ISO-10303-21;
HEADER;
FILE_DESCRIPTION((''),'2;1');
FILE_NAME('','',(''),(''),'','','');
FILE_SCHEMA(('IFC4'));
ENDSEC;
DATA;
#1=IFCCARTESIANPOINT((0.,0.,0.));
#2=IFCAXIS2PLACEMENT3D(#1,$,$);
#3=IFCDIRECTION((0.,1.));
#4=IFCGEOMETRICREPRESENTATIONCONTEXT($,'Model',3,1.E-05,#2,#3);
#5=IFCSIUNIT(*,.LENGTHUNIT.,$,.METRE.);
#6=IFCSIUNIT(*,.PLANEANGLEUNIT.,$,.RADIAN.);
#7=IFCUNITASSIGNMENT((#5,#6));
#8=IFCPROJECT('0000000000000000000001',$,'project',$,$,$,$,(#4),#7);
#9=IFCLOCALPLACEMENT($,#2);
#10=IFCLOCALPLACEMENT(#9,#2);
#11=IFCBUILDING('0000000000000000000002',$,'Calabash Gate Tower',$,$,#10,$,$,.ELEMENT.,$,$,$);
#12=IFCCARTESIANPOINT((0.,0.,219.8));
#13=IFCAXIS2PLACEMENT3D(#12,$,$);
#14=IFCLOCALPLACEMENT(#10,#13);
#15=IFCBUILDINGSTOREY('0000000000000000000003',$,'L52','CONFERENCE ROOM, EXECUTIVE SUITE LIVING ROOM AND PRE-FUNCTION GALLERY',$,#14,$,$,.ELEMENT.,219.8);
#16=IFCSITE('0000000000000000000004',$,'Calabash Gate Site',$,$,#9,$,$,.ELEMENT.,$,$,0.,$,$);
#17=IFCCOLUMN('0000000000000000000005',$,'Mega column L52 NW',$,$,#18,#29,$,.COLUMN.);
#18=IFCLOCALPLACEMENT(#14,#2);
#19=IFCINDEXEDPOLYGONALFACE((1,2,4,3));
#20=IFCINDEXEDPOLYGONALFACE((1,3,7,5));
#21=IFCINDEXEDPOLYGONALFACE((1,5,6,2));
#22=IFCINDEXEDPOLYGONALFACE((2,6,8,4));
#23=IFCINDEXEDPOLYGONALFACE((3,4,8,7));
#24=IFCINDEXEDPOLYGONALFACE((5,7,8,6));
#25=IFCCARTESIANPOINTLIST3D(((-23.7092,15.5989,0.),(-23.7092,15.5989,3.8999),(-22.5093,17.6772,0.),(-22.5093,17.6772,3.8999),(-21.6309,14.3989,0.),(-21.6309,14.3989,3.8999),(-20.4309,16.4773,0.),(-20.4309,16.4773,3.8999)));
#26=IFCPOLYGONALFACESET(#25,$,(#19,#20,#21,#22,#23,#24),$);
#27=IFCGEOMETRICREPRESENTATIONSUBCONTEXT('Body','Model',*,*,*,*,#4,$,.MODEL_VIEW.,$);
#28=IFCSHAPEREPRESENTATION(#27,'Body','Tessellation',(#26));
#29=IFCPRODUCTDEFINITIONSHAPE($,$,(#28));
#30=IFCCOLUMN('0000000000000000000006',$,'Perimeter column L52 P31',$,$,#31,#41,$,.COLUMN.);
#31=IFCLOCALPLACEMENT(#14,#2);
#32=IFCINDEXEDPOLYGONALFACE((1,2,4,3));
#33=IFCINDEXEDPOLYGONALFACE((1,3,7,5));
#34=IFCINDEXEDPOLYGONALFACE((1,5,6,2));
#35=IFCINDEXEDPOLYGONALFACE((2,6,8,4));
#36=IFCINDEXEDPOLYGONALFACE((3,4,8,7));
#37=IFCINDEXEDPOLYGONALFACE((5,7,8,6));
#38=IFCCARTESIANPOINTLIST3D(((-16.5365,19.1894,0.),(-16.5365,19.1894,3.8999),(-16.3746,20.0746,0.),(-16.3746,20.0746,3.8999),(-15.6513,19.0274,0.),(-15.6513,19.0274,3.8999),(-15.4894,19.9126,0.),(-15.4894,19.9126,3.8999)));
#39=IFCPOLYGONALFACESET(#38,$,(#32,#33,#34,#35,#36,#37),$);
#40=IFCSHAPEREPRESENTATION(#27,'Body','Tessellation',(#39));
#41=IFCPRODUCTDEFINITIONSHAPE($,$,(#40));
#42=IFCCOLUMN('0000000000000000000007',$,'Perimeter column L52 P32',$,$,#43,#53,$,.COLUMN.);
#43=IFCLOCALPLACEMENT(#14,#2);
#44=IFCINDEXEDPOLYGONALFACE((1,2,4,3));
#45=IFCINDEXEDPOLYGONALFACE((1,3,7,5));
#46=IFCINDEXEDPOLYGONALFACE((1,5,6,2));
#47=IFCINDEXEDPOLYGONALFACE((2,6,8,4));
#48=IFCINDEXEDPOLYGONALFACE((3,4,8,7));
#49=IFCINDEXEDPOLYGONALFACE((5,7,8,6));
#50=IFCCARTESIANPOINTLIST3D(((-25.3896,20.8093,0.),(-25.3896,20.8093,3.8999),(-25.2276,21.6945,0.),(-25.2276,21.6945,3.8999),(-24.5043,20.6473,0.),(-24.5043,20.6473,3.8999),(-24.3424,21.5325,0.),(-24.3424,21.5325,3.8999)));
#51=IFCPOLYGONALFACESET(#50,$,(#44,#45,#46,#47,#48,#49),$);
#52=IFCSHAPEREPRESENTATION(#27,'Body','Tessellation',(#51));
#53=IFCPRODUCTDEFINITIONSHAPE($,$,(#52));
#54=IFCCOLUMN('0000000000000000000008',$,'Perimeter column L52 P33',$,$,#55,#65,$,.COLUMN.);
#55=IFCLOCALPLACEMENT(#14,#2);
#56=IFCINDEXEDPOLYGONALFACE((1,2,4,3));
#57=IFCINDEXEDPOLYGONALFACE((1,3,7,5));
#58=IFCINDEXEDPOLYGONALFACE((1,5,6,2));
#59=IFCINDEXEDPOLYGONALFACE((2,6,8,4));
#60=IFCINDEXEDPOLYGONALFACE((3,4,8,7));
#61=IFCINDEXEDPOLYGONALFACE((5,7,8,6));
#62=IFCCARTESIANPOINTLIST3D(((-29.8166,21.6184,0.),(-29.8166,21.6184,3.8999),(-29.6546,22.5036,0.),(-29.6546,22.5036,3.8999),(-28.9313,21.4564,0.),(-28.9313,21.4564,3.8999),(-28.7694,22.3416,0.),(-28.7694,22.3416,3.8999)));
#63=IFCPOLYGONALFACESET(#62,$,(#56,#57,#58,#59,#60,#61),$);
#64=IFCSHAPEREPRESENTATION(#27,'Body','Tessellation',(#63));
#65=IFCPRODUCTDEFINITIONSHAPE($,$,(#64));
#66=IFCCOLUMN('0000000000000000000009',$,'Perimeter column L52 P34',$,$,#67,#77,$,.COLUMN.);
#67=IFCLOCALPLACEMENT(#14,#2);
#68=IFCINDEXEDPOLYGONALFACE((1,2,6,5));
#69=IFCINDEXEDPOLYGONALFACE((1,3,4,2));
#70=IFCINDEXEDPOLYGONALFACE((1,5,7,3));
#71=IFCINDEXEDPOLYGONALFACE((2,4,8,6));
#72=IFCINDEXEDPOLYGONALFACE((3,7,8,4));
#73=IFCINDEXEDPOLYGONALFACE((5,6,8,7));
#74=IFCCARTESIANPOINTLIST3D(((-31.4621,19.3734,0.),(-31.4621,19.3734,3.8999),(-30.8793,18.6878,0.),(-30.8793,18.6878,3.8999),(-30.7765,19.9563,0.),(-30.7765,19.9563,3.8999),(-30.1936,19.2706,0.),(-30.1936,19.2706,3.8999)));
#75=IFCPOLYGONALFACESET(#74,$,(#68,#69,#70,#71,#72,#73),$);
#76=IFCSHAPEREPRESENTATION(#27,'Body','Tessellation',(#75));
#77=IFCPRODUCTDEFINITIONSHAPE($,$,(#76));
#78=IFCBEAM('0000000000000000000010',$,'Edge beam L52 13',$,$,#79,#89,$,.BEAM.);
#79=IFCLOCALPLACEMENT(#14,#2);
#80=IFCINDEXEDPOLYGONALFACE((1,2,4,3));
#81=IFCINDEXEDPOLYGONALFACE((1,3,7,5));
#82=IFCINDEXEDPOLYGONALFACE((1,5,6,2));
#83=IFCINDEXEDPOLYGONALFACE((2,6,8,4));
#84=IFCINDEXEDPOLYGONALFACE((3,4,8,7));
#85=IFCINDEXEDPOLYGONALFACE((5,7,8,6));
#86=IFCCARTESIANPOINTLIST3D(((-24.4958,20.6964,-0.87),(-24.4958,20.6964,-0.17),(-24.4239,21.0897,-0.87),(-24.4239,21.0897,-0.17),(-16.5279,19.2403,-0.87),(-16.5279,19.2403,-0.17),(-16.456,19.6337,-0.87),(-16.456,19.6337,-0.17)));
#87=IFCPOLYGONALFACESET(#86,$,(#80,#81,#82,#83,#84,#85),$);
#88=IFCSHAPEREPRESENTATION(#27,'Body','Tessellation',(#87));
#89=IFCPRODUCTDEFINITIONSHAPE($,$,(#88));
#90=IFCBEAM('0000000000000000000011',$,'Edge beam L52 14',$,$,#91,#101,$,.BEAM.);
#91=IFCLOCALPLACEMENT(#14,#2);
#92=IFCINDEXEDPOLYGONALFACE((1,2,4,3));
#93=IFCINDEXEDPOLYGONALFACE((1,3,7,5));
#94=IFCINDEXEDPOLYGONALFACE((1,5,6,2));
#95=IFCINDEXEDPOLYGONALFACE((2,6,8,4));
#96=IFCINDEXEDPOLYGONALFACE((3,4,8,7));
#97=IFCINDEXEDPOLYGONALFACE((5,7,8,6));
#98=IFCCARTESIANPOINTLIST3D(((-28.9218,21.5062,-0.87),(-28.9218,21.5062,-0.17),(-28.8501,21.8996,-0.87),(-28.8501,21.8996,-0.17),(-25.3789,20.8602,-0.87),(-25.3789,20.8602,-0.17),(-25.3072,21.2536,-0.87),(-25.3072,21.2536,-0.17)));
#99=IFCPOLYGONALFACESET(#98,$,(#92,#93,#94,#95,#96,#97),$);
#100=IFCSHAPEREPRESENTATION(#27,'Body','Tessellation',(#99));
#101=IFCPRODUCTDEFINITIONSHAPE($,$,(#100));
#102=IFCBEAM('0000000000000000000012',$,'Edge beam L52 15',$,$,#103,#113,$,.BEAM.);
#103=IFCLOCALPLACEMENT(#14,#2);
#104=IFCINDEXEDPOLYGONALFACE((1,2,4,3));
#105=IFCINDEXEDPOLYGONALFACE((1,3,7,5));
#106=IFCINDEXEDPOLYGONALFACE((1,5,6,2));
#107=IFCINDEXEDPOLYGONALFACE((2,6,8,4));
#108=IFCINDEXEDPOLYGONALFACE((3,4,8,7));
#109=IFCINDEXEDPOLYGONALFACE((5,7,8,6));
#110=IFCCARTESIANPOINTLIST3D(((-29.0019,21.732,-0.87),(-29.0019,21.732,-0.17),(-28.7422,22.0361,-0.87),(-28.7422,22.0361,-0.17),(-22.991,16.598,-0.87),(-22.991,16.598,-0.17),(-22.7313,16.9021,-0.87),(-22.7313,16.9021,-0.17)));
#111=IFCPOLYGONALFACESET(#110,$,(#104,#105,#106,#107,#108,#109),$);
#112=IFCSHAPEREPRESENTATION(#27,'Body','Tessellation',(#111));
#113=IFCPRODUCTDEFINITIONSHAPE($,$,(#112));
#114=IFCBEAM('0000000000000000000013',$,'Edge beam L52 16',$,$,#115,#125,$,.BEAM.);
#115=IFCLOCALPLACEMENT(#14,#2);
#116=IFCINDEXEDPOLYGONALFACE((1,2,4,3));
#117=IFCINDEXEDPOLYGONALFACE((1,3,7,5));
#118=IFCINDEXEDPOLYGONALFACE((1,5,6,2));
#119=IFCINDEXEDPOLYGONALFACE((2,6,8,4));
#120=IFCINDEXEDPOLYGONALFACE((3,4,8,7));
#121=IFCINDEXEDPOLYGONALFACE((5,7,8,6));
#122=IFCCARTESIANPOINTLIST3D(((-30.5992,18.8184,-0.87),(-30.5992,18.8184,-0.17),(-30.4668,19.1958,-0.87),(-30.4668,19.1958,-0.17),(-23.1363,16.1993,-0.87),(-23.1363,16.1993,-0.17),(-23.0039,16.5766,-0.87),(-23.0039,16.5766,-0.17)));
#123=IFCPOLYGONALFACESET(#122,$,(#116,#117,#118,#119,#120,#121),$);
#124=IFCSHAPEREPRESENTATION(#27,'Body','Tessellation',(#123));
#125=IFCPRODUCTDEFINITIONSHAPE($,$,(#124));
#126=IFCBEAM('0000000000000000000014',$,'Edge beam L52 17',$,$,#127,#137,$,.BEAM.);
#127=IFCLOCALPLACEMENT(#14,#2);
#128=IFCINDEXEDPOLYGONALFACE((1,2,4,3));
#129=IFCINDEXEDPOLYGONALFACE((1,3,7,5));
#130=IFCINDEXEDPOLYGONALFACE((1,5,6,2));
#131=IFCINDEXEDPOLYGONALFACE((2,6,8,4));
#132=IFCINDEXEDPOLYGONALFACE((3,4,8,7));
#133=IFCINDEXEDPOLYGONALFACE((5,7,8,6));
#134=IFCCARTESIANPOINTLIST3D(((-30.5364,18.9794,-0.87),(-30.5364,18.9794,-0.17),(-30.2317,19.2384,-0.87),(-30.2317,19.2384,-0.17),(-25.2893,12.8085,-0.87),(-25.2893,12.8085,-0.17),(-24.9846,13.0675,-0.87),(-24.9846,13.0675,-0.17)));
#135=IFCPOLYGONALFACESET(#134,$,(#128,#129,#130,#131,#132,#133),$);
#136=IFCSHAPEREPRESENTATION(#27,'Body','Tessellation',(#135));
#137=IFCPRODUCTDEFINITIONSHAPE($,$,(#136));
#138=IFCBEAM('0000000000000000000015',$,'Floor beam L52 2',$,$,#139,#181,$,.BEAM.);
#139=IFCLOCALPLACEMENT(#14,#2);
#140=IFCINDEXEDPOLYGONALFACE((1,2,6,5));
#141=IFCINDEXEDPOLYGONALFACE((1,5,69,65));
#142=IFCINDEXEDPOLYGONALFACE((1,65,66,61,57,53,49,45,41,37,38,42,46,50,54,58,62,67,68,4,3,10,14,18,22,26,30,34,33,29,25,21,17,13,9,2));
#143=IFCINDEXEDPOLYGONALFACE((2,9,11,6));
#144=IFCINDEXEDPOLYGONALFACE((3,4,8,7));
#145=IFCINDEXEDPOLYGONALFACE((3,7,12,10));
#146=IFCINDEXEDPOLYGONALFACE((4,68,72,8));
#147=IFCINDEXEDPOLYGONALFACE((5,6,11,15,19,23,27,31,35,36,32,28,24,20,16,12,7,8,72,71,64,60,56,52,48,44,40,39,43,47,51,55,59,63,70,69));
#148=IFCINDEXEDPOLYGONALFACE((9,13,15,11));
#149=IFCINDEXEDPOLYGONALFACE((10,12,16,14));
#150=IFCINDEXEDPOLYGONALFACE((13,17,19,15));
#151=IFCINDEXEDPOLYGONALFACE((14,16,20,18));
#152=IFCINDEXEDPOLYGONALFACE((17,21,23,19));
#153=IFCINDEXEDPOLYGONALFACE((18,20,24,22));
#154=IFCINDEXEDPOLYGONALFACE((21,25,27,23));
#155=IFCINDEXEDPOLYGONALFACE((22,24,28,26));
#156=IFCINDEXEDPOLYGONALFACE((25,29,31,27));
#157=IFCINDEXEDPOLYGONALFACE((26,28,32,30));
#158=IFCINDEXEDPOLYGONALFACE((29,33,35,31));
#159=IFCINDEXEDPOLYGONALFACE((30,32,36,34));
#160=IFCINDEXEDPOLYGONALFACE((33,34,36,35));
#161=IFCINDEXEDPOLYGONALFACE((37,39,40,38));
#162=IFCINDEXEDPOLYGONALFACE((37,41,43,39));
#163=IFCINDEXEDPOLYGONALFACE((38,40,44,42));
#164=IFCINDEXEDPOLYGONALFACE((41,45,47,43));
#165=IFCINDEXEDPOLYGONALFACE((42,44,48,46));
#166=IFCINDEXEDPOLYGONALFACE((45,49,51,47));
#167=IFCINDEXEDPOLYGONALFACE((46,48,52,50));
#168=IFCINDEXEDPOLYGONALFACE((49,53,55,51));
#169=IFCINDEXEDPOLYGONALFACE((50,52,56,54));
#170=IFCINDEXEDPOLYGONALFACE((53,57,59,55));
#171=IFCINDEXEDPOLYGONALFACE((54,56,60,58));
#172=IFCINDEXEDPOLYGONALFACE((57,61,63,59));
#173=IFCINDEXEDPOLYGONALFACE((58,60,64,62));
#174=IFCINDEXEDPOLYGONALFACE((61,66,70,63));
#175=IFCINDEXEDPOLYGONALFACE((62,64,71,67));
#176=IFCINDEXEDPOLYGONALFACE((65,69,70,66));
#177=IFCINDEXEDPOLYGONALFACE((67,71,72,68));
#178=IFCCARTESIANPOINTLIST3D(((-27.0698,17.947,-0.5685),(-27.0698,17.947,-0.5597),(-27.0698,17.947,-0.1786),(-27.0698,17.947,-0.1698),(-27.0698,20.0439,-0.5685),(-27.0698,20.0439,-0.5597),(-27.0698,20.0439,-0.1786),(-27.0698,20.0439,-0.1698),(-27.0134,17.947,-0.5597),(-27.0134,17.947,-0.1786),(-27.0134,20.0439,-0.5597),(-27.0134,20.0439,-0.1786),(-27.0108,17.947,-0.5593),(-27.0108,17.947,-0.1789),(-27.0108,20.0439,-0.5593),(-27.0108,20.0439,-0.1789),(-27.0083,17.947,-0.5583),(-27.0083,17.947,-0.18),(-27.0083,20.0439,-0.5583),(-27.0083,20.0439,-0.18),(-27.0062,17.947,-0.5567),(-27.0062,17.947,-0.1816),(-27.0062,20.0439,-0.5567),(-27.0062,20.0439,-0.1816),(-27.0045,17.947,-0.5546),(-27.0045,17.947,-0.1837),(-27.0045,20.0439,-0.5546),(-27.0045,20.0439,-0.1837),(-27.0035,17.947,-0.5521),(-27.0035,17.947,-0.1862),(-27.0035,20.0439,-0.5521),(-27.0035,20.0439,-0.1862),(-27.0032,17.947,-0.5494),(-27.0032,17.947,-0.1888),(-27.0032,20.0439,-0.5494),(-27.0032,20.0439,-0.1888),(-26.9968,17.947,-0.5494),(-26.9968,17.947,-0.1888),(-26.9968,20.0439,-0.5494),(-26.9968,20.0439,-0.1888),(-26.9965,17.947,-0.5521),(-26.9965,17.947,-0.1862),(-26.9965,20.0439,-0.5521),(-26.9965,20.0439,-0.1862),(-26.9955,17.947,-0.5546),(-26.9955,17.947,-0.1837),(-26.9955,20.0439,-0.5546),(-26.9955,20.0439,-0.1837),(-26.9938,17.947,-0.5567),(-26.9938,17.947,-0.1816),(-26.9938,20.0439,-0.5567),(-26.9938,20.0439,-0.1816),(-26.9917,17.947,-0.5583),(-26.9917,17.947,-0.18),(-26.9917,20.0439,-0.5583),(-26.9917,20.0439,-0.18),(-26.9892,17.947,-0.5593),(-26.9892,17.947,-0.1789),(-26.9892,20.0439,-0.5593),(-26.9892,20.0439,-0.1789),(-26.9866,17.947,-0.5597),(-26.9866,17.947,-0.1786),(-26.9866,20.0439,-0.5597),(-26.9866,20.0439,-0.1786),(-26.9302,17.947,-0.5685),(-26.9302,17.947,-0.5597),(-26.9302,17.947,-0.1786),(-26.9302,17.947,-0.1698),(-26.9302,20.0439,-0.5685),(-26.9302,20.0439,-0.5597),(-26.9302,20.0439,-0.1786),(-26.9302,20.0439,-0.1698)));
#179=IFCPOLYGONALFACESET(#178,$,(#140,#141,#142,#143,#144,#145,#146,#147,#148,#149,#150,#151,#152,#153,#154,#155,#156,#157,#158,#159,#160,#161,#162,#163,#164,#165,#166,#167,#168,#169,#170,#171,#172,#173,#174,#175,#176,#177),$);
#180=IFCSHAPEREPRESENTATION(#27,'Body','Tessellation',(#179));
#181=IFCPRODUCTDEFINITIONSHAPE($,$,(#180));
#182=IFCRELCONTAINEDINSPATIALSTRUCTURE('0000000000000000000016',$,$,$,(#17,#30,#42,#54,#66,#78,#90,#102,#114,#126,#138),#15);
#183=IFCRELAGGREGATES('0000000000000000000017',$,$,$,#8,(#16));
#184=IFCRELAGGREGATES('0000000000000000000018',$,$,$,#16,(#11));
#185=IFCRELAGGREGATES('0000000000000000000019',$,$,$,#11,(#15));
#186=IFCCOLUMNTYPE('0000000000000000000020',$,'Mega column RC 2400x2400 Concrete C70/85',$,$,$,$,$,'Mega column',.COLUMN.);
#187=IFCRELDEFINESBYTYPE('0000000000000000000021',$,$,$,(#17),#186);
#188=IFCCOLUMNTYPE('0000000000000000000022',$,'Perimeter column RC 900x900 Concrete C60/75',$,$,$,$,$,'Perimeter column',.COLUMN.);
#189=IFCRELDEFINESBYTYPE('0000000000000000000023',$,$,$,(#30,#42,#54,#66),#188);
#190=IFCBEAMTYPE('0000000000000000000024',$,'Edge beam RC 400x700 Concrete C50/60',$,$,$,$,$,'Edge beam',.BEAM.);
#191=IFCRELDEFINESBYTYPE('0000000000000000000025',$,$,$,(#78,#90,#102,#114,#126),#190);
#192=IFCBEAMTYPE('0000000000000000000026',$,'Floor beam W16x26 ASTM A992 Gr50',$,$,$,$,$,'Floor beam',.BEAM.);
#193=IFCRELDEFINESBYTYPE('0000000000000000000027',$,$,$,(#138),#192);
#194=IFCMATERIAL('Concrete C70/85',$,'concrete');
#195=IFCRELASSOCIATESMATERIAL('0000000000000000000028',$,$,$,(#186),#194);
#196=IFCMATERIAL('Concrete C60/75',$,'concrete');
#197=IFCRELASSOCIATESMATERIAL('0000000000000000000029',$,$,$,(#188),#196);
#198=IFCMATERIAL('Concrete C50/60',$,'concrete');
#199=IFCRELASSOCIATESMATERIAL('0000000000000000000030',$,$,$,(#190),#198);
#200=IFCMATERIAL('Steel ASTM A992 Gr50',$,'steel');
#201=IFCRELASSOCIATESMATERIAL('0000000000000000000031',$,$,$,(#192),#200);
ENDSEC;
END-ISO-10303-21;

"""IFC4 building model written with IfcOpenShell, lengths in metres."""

from ifc_helpers import new_model, si_unit, direction, frame, origin, origin_2d, place, context, subcontext, project, spatial, rectangle, i_section, extrude, material, material_profile, profile_set, type_object, element, save


model = new_model("IFC4")

# Units and contexts
model_context = context("Model", 3, precision=1e-05, world=origin(), true_north=direction((0.0, 1.0)))
body_context = subcontext(model_context, "Body", "Model", "MODEL_VIEW")
ifc_project = project(units=[si_unit("LENGTHUNIT", "METRE"), si_unit("PLANEANGLEUNIT", "RADIAN")], contexts=[model_context])

# Site, building, storey
site_placement = place(None, origin())
site = spatial("IfcSite", under=ifc_project, at=site_placement, Name="Calabash Gate Site", CompositionType="ELEMENT", RefElevation=0.0)
building_placement = place(site_placement, origin())
building = spatial("IfcBuilding", under=site, at=building_placement, Name="Calabash Gate Tower", CompositionType="ELEMENT")
storey_placement = place(building_placement, frame((0.0, 0.0, 219.8)))
storey = spatial("IfcBuildingStorey", under=building, at=storey_placement, Name="L52", Description="CONFERENCE ROOM, EXECUTIVE SUITE LIVING ROOM AND PRE-FUNCTION GALLERY", CompositionType="ELEMENT", Elevation=219.8)

# Columns
ifc_material_1 = material(Name="Concrete C70/85", Category="concrete")
ifc_material_profile_1 = material_profile(ifc_material_1, rectangle(XDim=2.3999, YDim=2.3999, at=origin_2d()))
ifc_profile_set_1 = profile_set([ifc_material_profile_1], Name="Concrete C70/85")
column_type_1 = type_object("IfcColumnType", Name="Mega column RC 2400x2400 Concrete C70/85", ElementType="Mega column", PredefinedType="COLUMN", material=ifc_profile_set_1)
column_placement = place(storey_placement, frame((-22.0701, 16.0381, 0.0), z_axis=(0.0, 0.0, 1.0), x_axis=(0.866025, -0.5, 0.0)))
element("IfcColumn", 1, at=column_placement, inside=storey, type_object=column_type_1, Name="Mega column L52 NW", PredefinedType="COLUMN", context=body_context, shape_type="SweptSolid", body=[
    extrude(rectangle(XDim=2.3999, YDim=2.3999, at=origin_2d()), origin(), (0.0, 0.0, 1.0), 3.8999),
])
ifc_material_2 = material(Name="Concrete C60/75", Category="concrete")
ifc_material_profile_2 = material_profile(ifc_material_2, rectangle(XDim=0.8999, YDim=0.8999, at=origin_2d()))
ifc_profile_set_2 = profile_set([ifc_material_profile_2], Name="Concrete C60/75")
column_type_2 = type_object("IfcColumnType", Name="Perimeter column RC 900x900 Concrete C60/75", ElementType="Perimeter column", PredefinedType="COLUMN", material=ifc_profile_set_2)
for number, where, z_axis, x_axis, name in (
    (2, (-16.0129, 19.551, 0.0), (0.0, 0.0, 1.0), (-0.98367, 0.179982, 0.0), "Perimeter column L52 P31"),
    (3, (-24.866, 21.1709, 0.0), (0.0, 0.0, 1.0), (-0.98367, 0.179982, 0.0), "Perimeter column L52 P32"),
    (4, (-29.293, 21.98, 0.0), (0.0, 0.0, 1.0), (-0.98367, 0.179982, 0.0), "Perimeter column L52 P33"),
    (5, (-30.8279, 19.322, 0.0), (0.0, 0.0, 1.0), (0.647704, -0.761892, 0.0), "Perimeter column L52 P34"),
):
    element("IfcColumn", number, at=place(storey_placement, frame(where, z_axis=z_axis, x_axis=x_axis)), inside=storey, type_object=column_type_2, Name=name, PredefinedType="COLUMN", context=body_context, shape_type="SweptSolid", body=[
        extrude(rectangle(XDim=0.8999, YDim=0.8999, at=origin_2d()), origin(), (0.0, 0.0, 1.0), 3.8999),
    ])

# Beams
ifc_material_3 = material(Name="Concrete C50/60", Category="concrete")
ifc_material_profile_3 = material_profile(ifc_material_3, rectangle(XDim=0.3999, YDim=0.7, at=origin_2d()))
ifc_profile_set_3 = profile_set([ifc_material_profile_3], Name="Concrete C50/60")
beam_type_1 = type_object("IfcBeamType", Name="Edge beam RC 400x700 Concrete C50/60", ElementType="Edge beam", PredefinedType="BEAM", material=ifc_profile_set_3)
beam_1_placement = place(storey_placement, frame((-16.4919, 19.437, -0.52), z_axis=(-0.98371, 0.179761, 0.0), x_axis=(-0.179761, -0.98371, 0.0)))
element("IfcBeam", 6, at=beam_1_placement, inside=storey, type_object=beam_type_1, Name="Edge beam L52 13", PredefinedType="BEAM", context=body_context, shape_type="SweptSolid", body=[
    extrude(rectangle(XDim=0.3999, YDim=0.7, at=origin_2d()), origin(), (0.0, 0.0, 1.0), 8.0999),
])
beam_2_placement = place(storey_placement, frame((-25.343, 21.0569, -0.52), z_axis=(-0.983781, 0.179375, 0.0), x_axis=(-0.179375, -0.983781, 0.0)))
element("IfcBeam", 7, at=beam_2_placement, inside=storey, type_object=beam_type_1, Name="Edge beam L52 14", PredefinedType="BEAM", context=body_context, shape_type="SweptSolid", body=[
    extrude(rectangle(XDim=0.3999, YDim=0.7, at=origin_2d()), origin(), (0.0, 0.0, 1.0), 3.6013),
])
beam_3_placement = place(storey_placement, frame((-28.8721, 21.884, -0.52), z_axis=(0.760396, -0.64946, 0.0), x_axis=(0.64946, 0.760396, 0.0)))
element("IfcBeam", 8, at=beam_3_placement, inside=storey, type_object=beam_type_1, Name="Edge beam L52 15", PredefinedType="BEAM", context=body_context, shape_type="SweptSolid", body=[
    extrude(rectangle(XDim=0.3999, YDim=0.7, at=origin_2d()), origin(), (0.0, 0.0, 1.0), 7.905),
])
beam_4_placement = place(storey_placement, frame((-23.0701, 16.3879, -0.52), z_axis=(-0.943577, 0.331153, 0.0), x_axis=(-0.331153, -0.943577, 0.0)))
element("IfcBeam", 9, at=beam_4_placement, inside=storey, type_object=beam_type_1, Name="Edge beam L52 16", PredefinedType="BEAM", context=body_context, shape_type="SweptSolid", body=[
    extrude(rectangle(XDim=0.3999, YDim=0.7, at=origin_2d()), origin(), (0.0, 0.0, 1.0), 7.9092),
])
beam_5_placement = place(storey_placement, frame((-30.384, 19.1089, -0.52), z_axis=(0.647778, -0.761829, 0.0), x_axis=(0.761829, 0.647778, 0.0)))
element("IfcBeam", 10, at=beam_5_placement, inside=storey, type_object=beam_type_1, Name="Edge beam L52 17", PredefinedType="BEAM", context=body_context, shape_type="SweptSolid", body=[
    extrude(rectangle(XDim=0.3999, YDim=0.7, at=origin_2d()), origin(), (0.0, 0.0, 1.0), 8.1001),
])
ifc_material_4 = material(Name="Steel ASTM A992 Gr50", Category="steel")
ifc_material_profile_4 = material_profile(ifc_material_4, i_section(OverallWidth=0.1396, OverallDepth=0.3987, WebThickness=0.0063, FlangeThickness=0.0088, FilletRadius=0.0103, at=origin_2d()))
ifc_profile_set_4 = profile_set([ifc_material_profile_4], Name="Steel ASTM A992 Gr50")
beam_type_2 = type_object("IfcBeamType", Name="Floor beam W16x26 ASTM A992 Gr50", ElementType="Floor beam", PredefinedType="BEAM", material=ifc_profile_set_4)
beam_6_placement = place(storey_placement, frame((-27.0, 17.947, -0.3691), z_axis=(0.0, 1.0, 0.0), x_axis=(-1.0, 0.0, 0.0)))
element("IfcBeam", 11, at=beam_6_placement, inside=storey, type_object=beam_type_2, Name="Floor beam L52 2", PredefinedType="BEAM", context=body_context, shape_type="SweptSolid", body=[
    extrude(i_section(OverallWidth=0.1396, OverallDepth=0.3987, WebThickness=0.0063, FlangeThickness=0.0088, FilletRadius=0.0103, at=origin_2d()), origin(), (0.0, 0.0, 1.0), 2.0969),
])

save(model, "model.ifc")
